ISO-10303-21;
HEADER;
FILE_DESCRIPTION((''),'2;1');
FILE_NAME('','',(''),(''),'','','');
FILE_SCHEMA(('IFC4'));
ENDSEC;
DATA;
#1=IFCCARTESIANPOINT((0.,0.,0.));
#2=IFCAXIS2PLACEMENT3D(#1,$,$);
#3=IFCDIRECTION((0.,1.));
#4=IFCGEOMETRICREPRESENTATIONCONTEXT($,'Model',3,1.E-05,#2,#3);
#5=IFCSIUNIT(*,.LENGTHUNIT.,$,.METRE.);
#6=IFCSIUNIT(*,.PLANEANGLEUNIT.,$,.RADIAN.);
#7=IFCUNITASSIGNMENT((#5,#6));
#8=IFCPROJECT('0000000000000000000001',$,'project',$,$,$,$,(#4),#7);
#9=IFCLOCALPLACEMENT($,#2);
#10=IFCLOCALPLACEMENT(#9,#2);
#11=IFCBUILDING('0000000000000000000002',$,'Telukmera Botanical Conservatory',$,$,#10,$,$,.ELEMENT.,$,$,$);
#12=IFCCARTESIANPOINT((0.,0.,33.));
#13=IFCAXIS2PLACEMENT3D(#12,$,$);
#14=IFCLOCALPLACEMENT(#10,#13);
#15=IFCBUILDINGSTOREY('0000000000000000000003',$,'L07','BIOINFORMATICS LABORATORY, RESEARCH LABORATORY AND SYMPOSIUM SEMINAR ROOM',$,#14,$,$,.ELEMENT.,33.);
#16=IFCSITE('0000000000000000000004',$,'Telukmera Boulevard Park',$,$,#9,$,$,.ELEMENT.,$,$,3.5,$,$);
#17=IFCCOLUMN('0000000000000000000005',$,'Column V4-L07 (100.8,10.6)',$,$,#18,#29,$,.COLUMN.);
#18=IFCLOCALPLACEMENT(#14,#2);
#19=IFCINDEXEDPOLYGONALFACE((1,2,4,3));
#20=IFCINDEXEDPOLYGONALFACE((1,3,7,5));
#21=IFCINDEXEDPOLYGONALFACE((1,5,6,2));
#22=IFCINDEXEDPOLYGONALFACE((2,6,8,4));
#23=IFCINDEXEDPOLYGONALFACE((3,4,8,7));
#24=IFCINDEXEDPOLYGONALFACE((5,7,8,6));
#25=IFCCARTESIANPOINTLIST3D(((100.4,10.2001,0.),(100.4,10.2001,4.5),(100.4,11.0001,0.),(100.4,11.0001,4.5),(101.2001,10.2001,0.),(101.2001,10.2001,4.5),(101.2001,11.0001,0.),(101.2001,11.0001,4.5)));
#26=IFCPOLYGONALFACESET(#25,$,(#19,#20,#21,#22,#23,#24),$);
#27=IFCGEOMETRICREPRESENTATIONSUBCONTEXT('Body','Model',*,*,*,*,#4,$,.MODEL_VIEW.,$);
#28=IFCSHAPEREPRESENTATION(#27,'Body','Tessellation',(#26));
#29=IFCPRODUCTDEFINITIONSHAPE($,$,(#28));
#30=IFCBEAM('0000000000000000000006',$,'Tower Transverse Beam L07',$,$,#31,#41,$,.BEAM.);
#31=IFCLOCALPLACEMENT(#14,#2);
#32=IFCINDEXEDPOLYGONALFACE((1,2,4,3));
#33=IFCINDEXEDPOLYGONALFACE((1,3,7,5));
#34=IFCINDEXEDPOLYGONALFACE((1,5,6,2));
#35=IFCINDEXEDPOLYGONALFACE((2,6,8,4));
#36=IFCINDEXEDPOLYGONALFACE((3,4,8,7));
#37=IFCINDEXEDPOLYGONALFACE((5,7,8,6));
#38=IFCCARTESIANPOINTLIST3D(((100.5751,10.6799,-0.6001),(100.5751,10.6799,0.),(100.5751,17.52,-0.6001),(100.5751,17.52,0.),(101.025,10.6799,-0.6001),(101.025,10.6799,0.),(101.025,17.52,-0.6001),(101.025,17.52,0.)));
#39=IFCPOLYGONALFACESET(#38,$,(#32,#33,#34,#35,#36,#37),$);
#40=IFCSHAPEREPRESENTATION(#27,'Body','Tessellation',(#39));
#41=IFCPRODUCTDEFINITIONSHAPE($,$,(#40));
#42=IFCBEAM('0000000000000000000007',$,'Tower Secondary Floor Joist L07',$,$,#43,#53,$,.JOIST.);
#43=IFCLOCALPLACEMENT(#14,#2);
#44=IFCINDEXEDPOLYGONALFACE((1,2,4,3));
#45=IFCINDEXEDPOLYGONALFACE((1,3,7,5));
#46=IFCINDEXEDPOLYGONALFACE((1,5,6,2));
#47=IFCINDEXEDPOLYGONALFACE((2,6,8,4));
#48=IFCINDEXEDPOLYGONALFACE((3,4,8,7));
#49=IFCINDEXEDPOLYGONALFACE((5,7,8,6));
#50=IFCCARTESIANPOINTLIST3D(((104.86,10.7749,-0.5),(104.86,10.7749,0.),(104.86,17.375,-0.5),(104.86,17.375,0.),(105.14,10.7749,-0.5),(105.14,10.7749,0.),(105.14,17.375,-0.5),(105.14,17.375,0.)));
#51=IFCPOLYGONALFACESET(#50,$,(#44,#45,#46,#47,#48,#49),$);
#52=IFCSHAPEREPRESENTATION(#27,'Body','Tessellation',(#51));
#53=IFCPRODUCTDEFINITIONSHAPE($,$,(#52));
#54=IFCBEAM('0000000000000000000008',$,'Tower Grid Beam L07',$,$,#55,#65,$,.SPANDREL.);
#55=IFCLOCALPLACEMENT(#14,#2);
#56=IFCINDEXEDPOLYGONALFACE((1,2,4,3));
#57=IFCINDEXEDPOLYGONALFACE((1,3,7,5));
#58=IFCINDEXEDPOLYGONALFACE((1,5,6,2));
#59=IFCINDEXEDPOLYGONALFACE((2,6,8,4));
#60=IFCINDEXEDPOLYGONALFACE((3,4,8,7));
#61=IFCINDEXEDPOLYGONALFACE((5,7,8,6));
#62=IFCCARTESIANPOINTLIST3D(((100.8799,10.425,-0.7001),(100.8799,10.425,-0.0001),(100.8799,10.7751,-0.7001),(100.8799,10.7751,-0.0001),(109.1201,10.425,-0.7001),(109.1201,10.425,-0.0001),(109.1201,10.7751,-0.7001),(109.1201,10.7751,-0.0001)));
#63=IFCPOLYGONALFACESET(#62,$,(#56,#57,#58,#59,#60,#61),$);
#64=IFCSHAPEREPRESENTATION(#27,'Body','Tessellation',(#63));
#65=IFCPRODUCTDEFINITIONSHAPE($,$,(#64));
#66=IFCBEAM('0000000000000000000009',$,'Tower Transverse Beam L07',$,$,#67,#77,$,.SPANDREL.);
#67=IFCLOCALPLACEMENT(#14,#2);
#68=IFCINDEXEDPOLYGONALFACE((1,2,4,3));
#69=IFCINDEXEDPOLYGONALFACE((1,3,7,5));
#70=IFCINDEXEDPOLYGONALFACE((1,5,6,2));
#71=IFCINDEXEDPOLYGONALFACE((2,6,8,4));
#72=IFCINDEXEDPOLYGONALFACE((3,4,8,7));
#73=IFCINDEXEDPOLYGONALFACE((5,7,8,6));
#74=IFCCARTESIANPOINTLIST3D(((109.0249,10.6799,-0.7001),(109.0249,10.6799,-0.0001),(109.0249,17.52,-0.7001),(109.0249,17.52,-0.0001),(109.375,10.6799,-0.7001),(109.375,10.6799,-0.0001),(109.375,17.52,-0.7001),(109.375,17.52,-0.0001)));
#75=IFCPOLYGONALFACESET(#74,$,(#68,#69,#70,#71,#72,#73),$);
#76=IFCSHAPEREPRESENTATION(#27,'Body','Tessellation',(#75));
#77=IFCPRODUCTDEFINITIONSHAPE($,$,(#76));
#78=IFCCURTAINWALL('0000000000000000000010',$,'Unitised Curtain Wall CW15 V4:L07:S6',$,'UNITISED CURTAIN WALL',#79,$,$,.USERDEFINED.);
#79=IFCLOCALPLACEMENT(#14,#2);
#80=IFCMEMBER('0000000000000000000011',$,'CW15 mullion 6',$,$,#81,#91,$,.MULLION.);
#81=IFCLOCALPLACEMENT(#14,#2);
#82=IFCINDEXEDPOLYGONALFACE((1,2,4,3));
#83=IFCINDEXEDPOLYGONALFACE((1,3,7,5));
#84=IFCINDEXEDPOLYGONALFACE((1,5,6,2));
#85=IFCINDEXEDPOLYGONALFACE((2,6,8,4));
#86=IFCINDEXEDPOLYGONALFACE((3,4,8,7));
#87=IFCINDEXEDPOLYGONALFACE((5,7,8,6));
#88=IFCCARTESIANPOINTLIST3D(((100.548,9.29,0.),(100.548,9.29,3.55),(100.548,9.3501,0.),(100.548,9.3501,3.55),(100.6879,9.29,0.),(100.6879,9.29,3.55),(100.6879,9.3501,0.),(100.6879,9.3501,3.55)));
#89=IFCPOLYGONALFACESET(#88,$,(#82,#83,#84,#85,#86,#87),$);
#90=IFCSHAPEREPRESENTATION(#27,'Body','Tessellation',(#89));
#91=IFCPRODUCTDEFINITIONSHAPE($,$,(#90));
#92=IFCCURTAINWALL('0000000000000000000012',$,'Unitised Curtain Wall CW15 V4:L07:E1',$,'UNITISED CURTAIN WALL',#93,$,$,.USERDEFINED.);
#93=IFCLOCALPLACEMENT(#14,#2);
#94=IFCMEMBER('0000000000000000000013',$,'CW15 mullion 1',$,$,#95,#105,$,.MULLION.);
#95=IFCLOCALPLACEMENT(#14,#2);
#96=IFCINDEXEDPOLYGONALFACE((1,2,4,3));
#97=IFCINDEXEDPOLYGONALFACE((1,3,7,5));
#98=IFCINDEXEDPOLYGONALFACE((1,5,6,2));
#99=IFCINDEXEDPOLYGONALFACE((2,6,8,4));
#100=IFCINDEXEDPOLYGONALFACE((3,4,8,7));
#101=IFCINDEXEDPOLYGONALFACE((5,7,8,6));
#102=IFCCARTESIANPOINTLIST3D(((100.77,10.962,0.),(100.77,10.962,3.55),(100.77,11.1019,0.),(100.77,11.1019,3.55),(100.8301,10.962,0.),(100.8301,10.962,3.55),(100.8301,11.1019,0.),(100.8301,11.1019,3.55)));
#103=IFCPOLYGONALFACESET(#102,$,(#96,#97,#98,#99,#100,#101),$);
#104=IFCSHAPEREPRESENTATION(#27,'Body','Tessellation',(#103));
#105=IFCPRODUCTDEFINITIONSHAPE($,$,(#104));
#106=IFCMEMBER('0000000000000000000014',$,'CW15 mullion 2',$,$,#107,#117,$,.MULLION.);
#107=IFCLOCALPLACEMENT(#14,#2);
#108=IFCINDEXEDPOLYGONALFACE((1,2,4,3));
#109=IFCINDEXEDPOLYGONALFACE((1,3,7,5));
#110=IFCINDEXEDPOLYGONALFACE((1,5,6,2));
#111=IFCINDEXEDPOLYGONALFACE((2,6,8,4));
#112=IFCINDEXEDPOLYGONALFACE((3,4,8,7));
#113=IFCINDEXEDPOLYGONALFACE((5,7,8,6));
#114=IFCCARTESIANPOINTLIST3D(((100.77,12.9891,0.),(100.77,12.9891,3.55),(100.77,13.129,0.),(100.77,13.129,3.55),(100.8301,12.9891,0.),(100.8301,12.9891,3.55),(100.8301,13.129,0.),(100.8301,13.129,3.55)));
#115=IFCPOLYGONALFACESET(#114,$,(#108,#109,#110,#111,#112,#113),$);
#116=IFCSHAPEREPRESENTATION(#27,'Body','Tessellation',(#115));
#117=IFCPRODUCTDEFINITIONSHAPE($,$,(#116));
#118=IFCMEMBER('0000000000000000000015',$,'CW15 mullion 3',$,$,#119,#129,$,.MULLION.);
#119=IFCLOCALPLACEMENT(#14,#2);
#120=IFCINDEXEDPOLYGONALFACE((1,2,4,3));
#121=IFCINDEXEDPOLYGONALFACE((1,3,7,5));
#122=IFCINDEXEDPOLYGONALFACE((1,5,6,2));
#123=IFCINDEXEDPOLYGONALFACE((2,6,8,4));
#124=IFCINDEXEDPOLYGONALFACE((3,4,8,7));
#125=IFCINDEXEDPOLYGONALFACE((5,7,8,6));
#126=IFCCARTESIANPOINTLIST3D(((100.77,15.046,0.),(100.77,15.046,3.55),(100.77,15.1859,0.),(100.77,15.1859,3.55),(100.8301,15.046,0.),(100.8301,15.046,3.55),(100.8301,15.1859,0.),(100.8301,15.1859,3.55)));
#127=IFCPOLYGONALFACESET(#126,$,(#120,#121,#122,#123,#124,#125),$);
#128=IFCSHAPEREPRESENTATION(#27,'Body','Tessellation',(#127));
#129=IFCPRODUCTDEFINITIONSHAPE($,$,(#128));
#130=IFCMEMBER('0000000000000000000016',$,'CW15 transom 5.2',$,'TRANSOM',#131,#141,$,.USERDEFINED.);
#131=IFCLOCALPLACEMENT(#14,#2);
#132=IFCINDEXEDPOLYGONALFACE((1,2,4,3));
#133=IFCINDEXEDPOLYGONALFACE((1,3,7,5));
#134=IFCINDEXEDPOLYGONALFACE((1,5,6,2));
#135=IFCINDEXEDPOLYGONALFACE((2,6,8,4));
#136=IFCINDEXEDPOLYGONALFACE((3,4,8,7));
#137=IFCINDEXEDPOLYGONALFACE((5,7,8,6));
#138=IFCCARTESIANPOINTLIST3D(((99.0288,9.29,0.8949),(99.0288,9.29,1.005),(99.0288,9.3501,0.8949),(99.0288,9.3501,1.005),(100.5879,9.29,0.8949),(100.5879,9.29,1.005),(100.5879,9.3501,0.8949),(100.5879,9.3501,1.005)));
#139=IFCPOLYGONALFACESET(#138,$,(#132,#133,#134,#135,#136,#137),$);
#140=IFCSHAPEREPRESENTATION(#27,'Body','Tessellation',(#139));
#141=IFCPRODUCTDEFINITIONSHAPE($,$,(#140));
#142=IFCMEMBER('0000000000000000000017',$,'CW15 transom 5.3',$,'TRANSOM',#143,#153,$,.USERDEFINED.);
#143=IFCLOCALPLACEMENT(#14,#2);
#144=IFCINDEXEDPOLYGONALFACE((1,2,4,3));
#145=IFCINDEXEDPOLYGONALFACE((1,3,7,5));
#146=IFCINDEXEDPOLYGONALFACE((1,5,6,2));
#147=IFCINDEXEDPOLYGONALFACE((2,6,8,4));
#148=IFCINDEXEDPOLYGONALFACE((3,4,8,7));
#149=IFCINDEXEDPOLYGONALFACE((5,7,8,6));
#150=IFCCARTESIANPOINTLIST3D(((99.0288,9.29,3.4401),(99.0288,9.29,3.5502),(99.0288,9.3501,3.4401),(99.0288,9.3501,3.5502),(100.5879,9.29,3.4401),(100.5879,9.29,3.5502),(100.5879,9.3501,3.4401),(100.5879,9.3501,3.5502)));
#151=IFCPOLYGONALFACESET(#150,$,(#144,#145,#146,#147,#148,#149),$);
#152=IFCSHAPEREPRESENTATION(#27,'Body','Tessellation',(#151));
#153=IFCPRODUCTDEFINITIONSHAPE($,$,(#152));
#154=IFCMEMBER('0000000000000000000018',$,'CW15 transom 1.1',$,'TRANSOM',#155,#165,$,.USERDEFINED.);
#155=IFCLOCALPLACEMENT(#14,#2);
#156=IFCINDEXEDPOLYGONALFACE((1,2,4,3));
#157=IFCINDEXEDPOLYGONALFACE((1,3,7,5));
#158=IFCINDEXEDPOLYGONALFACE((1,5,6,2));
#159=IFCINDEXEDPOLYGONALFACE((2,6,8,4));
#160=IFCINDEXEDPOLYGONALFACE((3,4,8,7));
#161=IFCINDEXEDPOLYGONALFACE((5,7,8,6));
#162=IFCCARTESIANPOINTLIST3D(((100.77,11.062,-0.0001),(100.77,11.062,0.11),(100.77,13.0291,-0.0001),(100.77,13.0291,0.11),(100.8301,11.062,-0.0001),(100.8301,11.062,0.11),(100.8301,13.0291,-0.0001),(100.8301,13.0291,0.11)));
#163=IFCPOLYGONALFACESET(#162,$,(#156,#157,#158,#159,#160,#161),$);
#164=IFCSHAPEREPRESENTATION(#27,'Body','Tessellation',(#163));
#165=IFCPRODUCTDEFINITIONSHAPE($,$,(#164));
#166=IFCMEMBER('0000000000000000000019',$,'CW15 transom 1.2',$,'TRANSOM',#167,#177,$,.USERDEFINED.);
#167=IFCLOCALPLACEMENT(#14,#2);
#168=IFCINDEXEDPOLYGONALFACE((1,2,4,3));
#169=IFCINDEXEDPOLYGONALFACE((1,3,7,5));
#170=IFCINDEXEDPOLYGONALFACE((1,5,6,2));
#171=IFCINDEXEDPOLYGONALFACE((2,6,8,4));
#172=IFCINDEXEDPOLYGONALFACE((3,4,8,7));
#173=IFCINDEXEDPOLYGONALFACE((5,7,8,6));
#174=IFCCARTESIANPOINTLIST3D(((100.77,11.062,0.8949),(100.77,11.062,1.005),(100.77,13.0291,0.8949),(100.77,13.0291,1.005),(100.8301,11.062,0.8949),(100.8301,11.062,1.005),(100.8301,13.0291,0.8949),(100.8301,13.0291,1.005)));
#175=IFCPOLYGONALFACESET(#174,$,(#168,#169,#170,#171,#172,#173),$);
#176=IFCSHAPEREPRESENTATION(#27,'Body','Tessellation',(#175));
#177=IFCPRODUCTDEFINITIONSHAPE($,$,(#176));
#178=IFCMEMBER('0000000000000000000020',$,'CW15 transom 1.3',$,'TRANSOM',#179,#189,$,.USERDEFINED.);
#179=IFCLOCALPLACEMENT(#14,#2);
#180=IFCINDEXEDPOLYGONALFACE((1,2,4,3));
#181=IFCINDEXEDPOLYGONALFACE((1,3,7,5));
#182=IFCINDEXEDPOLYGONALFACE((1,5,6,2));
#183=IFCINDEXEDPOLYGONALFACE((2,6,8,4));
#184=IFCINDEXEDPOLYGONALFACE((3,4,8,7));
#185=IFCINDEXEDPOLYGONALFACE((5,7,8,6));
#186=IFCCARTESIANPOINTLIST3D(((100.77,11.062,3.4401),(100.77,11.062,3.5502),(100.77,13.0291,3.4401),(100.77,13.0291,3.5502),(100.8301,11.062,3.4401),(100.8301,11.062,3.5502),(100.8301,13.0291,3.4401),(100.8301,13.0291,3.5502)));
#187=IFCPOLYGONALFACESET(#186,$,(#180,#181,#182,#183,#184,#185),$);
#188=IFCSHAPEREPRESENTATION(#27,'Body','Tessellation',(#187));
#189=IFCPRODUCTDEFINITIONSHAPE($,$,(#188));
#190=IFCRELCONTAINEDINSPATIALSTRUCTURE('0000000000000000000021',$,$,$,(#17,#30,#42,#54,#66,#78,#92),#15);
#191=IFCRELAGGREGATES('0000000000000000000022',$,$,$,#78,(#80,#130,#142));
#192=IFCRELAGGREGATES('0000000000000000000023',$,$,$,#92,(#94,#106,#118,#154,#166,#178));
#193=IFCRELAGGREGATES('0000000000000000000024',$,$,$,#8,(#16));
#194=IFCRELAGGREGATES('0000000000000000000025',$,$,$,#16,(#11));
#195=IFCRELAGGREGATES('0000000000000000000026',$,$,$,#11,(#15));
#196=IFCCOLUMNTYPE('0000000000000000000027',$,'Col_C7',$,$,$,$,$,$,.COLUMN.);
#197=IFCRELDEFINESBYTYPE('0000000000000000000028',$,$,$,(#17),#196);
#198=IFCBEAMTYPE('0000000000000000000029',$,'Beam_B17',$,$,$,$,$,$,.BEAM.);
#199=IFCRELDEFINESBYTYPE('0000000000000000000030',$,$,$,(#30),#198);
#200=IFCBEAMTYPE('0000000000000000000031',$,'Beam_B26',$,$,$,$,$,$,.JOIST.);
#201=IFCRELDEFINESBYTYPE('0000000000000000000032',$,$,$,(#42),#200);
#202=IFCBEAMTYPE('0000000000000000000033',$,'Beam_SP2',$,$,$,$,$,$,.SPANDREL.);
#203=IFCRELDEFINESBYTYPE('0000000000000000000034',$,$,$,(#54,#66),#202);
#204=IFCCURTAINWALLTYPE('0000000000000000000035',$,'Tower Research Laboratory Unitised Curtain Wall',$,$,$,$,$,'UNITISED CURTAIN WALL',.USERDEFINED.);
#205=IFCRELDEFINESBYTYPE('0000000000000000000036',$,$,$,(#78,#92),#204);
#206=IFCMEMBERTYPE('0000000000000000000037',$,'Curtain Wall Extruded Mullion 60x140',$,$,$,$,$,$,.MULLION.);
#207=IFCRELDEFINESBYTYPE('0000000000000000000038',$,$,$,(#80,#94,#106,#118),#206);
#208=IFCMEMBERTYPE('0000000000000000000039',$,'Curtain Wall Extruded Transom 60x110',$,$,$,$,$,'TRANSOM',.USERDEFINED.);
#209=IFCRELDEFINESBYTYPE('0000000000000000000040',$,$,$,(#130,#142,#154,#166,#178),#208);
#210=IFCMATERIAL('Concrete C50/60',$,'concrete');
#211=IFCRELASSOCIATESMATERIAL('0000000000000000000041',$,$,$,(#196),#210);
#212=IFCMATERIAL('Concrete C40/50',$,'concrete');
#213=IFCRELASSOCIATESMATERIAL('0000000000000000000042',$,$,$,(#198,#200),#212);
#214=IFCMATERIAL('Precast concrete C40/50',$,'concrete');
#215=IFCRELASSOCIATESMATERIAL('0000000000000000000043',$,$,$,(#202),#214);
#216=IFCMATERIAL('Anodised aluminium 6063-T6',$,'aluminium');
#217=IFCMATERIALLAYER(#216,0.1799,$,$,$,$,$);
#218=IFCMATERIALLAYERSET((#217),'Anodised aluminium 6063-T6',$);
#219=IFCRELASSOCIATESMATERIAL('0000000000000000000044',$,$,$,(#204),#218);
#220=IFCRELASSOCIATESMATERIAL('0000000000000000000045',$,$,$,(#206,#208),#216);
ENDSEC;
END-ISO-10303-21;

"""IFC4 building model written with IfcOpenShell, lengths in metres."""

from ifc_helpers import new_model, si_unit, direction, frame, origin, origin_2d, place, context, subcontext, project, spatial, rectangle, extrude, material, layer, layer_set, material_profile, profile_set, type_object, element, aggregate, save


model = new_model("IFC4")

# Units and contexts
model_context = context("Model", 3, precision=1e-05, world=origin(), true_north=direction((0.0, 1.0)))
body_context = subcontext(model_context, "Body", "Model", "MODEL_VIEW")
ifc_project = project(units=[si_unit("LENGTHUNIT", "METRE"), si_unit("PLANEANGLEUNIT", "RADIAN")], contexts=[model_context])

# Site, building, storey
site_placement = place(None, origin())
site = spatial("IfcSite", under=ifc_project, at=site_placement, Name="Telukmera Boulevard Park", CompositionType="ELEMENT", RefElevation=3.5)
building_placement = place(site_placement, origin())
building = spatial("IfcBuilding", under=site, at=building_placement, Name="Telukmera Botanical Conservatory", CompositionType="ELEMENT")
storey_placement = place(building_placement, frame((0.0, 0.0, 33.0)))
storey = spatial("IfcBuildingStorey", under=building, at=storey_placement, Name="L07", Description="BIOINFORMATICS LABORATORY, RESEARCH LABORATORY AND SYMPOSIUM SEMINAR ROOM", CompositionType="ELEMENT", Elevation=33.0)

# Column
ifc_material_1 = material(Name="Concrete C50/60", Category="concrete")
ifc_material_profile_1 = material_profile(ifc_material_1, rectangle(XDim=0.8, YDim=0.8, at=origin_2d()), Name="RC 800x800")
ifc_profile_set_1 = profile_set([ifc_material_profile_1], Name="Concrete C50/60")
column_type = type_object("IfcColumnType", Name="Col_C7", PredefinedType="COLUMN", material=ifc_profile_set_1)
column_placement = place(storey_placement, frame((100.8, 10.6001, 0.0), z_axis=(0.0, 0.0, 1.0), x_axis=(1.0, 0.0, 0.0)))
element("IfcColumn", 1, at=column_placement, inside=storey, type_object=column_type, Name="Column V4-L07 (100.8,10.6)", PredefinedType="COLUMN", context=body_context, shape_type="SweptSolid", body=[
    extrude(rectangle(XDim=0.8, YDim=0.8, at=origin_2d()), origin(), (0.0, 0.0, 1.0), 4.5),
])

# Beams
ifc_material_2 = material(Name="Concrete C40/50", Category="concrete")
ifc_material_profile_2 = material_profile(ifc_material_2, rectangle(XDim=0.45, YDim=0.6001, at=origin_2d()), Name="RC 450x600")
ifc_profile_set_2 = profile_set([ifc_material_profile_2], Name="Concrete C40/50")
beam_type_1 = type_object("IfcBeamType", Name="Beam_B17", PredefinedType="BEAM", material=ifc_profile_set_2)
beam_1_placement = place(storey_placement, frame((100.8, 10.6799, -0.3), z_axis=(0.0, 1.0, 0.0), x_axis=(-1.0, 0.0, 0.0)))
element("IfcBeam", 2, at=beam_1_placement, inside=storey, type_object=beam_type_1, Name="Tower Transverse Beam L07", PredefinedType="BEAM", context=body_context, shape_type="SweptSolid", body=[
    extrude(rectangle(XDim=0.45, YDim=0.6001, at=origin_2d()), origin(), (0.0, 0.0, 1.0), 6.8401),
])
ifc_material_profile_3 = material_profile(ifc_material_2, rectangle(XDim=0.28, YDim=0.5, at=origin_2d()), Name="RC 280x500")
ifc_profile_set_3 = profile_set([ifc_material_profile_3], Name="Concrete C40/50")
beam_type_2 = type_object("IfcBeamType", Name="Beam_B26", PredefinedType="JOIST", material=ifc_profile_set_3)
beam_2_placement = place(storey_placement, frame((105.0, 10.7749, -0.25), z_axis=(0.0, 1.0, 0.0), x_axis=(-1.0, 0.0, 0.0)))
element("IfcBeam", 3, at=beam_2_placement, inside=storey, type_object=beam_type_2, Name="Tower Secondary Floor Joist L07", PredefinedType="JOIST", context=body_context, shape_type="SweptSolid", body=[
    extrude(rectangle(XDim=0.28, YDim=0.5, at=origin_2d()), origin(), (0.0, 0.0, 1.0), 6.6001),
])
ifc_material_3 = material(Name="Precast concrete C40/50", Category="concrete")
ifc_material_profile_4 = material_profile(ifc_material_3, rectangle(XDim=0.3501, YDim=0.7, at=origin_2d()), Name="PC 350x700")
ifc_profile_set_4 = profile_set([ifc_material_profile_4], Name="Precast concrete C40/50")
beam_type_3 = type_object("IfcBeamType", Name="Beam_SP2", PredefinedType="SPANDREL", material=ifc_profile_set_4)
beam_3_placement = place(storey_placement, frame((100.8799, 10.6001, -0.3501), z_axis=(1.0, 0.0, 0.0), x_axis=(0.0, 1.0, 0.0)))
element("IfcBeam", 4, at=beam_3_placement, inside=storey, type_object=beam_type_3, Name="Tower Grid Beam L07", PredefinedType="SPANDREL", context=body_context, shape_type="SweptSolid", body=[
    extrude(rectangle(XDim=0.3501, YDim=0.7, at=origin_2d()), origin(), (0.0, 0.0, 1.0), 8.2402),
])
beam_4_placement = place(storey_placement, frame((109.2, 10.6799, -0.3501), z_axis=(0.0, 1.0, 0.0), x_axis=(-1.0, 0.0, 0.0)))
element("IfcBeam", 5, at=beam_4_placement, inside=storey, type_object=beam_type_3, Name="Tower Transverse Beam L07", PredefinedType="SPANDREL", context=body_context, shape_type="SweptSolid", body=[
    extrude(rectangle(XDim=0.3501, YDim=0.7, at=origin_2d()), origin(), (0.0, 0.0, 1.0), 6.8401),
])

# Curtain wall, member
ifc_material_4 = material(Name="Anodised aluminium 6063-T6", Category="aluminium")
ifc_layer_1 = layer(ifc_material_4, 0.1799)
ifc_layer_set_1 = layer_set([ifc_layer_1], Name="Anodised aluminium 6063-T6")
curtain_wall_type = type_object("IfcCurtainWallType", Name="Tower Research Laboratory Unitised Curtain Wall", ElementType="UNITISED CURTAIN WALL", PredefinedType="USERDEFINED", material=ifc_layer_set_1)
curtain_wall_1_placement = place(storey_placement, origin())
curtain_wall_1 = element("IfcCurtainWall", 6, at=curtain_wall_1_placement, inside=storey, type_object=curtain_wall_type, Name="Unitised Curtain Wall CW15 V4:L07:S6", ObjectType="UNITISED CURTAIN WALL", PredefinedType="USERDEFINED")
ifc_material_profile_5 = material_profile(ifc_material_4, rectangle(XDim=0.0601, YDim=0.1399, at=origin_2d()), Name="ALU MULL 60x140")
ifc_profile_set_5 = profile_set([ifc_material_profile_5], Name="Anodised aluminium 6063-T6")
member_type_1 = type_object("IfcMemberType", Name="Curtain Wall Extruded Mullion 60x140", PredefinedType="MULLION", material=ifc_profile_set_5)
member_1_placement = place(storey_placement, frame((100.6179, 9.3201, 0.0), z_axis=(0.0, 0.0, 1.0), x_axis=(0.0, 1.0, 0.0)))
member_1 = element("IfcMember", 7, at=member_1_placement, type_object=member_type_1, Name="CW15 mullion 6", PredefinedType="MULLION", context=body_context, shape_type="SweptSolid", body=[
    extrude(rectangle(XDim=0.0601, YDim=0.1399, at=origin_2d()), origin(), (0.0, 0.0, 1.0), 3.55),
])

# Curtain wall, members
curtain_wall_2_placement = place(storey_placement, origin())
curtain_wall_2 = element("IfcCurtainWall", 8, at=curtain_wall_2_placement, inside=storey, type_object=curtain_wall_type, Name="Unitised Curtain Wall CW15 V4:L07:E1", ObjectType="UNITISED CURTAIN WALL", PredefinedType="USERDEFINED")
member_2_placement = place(storey_placement, frame((100.8, 11.032, 0.0), z_axis=(0.0, 0.0, 1.0), x_axis=(-1.0, 0.0, 0.0)))
member_2 = element("IfcMember", 9, at=member_2_placement, type_object=member_type_1, Name="CW15 mullion 1", PredefinedType="MULLION", context=body_context, shape_type="SweptSolid", body=[
    extrude(rectangle(XDim=0.0601, YDim=0.1399, at=origin_2d()), origin(), (0.0, 0.0, 1.0), 3.55),
])
member_3_placement = place(storey_placement, frame((100.8, 13.0591, 0.0), z_axis=(0.0, 0.0, 1.0), x_axis=(-1.0, 0.0, 0.0)))
member_3 = element("IfcMember", 10, at=member_3_placement, type_object=member_type_1, Name="CW15 mullion 2", PredefinedType="MULLION", context=body_context, shape_type="SweptSolid", body=[
    extrude(rectangle(XDim=0.0601, YDim=0.1399, at=origin_2d()), origin(), (0.0, 0.0, 1.0), 3.55),
])
member_4_placement = place(storey_placement, frame((100.8, 15.116, 0.0), z_axis=(0.0, 0.0, 1.0), x_axis=(-1.0, 0.0, 0.0)))
member_4 = element("IfcMember", 11, at=member_4_placement, type_object=member_type_1, Name="CW15 mullion 3", PredefinedType="MULLION", context=body_context, shape_type="SweptSolid", body=[
    extrude(rectangle(XDim=0.0601, YDim=0.1399, at=origin_2d()), origin(), (0.0, 0.0, 1.0), 3.55),
])

# Members
ifc_material_profile_6 = material_profile(ifc_material_4, rectangle(XDim=0.0601, YDim=0.1101, at=origin_2d()), Name="ALU TRAN 60x110")
ifc_profile_set_6 = profile_set([ifc_material_profile_6], Name="Anodised aluminium 6063-T6")
member_type_2 = type_object("IfcMemberType", Name="Curtain Wall Extruded Transom 60x110", ElementType="TRANSOM", PredefinedType="USERDEFINED", material=ifc_profile_set_6)
member_5_placement = place(storey_placement, frame((99.0288, 9.3201, 0.95), z_axis=(1.0, 0.0, 0.0), x_axis=(0.0, 1.0, 0.0)))
member_5 = element("IfcMember", 12, at=member_5_placement, type_object=member_type_2, Name="CW15 transom 5.2", ObjectType="TRANSOM", PredefinedType="USERDEFINED", context=body_context, shape_type="SweptSolid", body=[
    extrude(rectangle(XDim=0.0601, YDim=0.1101, at=origin_2d()), origin(), (0.0, 0.0, 1.0), 1.5591),
])
member_6_placement = place(storey_placement, frame((99.0288, 9.3201, 3.4951), z_axis=(1.0, 0.0, 0.0), x_axis=(0.0, 1.0, 0.0)))
member_6 = element("IfcMember", 13, at=member_6_placement, type_object=member_type_2, Name="CW15 transom 5.3", ObjectType="TRANSOM", PredefinedType="USERDEFINED", context=body_context, shape_type="SweptSolid", body=[
    extrude(rectangle(XDim=0.0601, YDim=0.1101, at=origin_2d()), origin(), (0.0, 0.0, 1.0), 1.5591),
])
member_7_placement = place(storey_placement, frame((100.8, 11.062, 0.0549), z_axis=(0.0, 1.0, 0.0), x_axis=(-1.0, 0.0, 0.0)))
member_7 = element("IfcMember", 14, at=member_7_placement, type_object=member_type_2, Name="CW15 transom 1.1", ObjectType="TRANSOM", PredefinedType="USERDEFINED", context=body_context, shape_type="SweptSolid", body=[
    extrude(rectangle(XDim=0.0601, YDim=0.1101, at=origin_2d()), origin(), (0.0, 0.0, 1.0), 1.967),
])
member_8_placement = place(storey_placement, frame((100.8, 11.062, 0.95), z_axis=(0.0, 1.0, 0.0), x_axis=(-1.0, 0.0, 0.0)))
member_8 = element("IfcMember", 15, at=member_8_placement, type_object=member_type_2, Name="CW15 transom 1.2", ObjectType="TRANSOM", PredefinedType="USERDEFINED", context=body_context, shape_type="SweptSolid", body=[
    extrude(rectangle(XDim=0.0601, YDim=0.1101, at=origin_2d()), origin(), (0.0, 0.0, 1.0), 1.967),
])
member_9_placement = place(storey_placement, frame((100.8, 11.062, 3.4951), z_axis=(0.0, 1.0, 0.0), x_axis=(-1.0, 0.0, 0.0)))
member_9 = element("IfcMember", 16, at=member_9_placement, type_object=member_type_2, Name="CW15 transom 1.3", ObjectType="TRANSOM", PredefinedType="USERDEFINED", context=body_context, shape_type="SweptSolid", body=[
    extrude(rectangle(XDim=0.0601, YDim=0.1101, at=origin_2d()), origin(), (0.0, 0.0, 1.0), 1.967),
])

aggregate(curtain_wall_1, [member_1, member_5, member_6])
aggregate(curtain_wall_2, [member_2, member_3, member_4, member_7, member_8, member_9])

save(model, "model.ifc")
